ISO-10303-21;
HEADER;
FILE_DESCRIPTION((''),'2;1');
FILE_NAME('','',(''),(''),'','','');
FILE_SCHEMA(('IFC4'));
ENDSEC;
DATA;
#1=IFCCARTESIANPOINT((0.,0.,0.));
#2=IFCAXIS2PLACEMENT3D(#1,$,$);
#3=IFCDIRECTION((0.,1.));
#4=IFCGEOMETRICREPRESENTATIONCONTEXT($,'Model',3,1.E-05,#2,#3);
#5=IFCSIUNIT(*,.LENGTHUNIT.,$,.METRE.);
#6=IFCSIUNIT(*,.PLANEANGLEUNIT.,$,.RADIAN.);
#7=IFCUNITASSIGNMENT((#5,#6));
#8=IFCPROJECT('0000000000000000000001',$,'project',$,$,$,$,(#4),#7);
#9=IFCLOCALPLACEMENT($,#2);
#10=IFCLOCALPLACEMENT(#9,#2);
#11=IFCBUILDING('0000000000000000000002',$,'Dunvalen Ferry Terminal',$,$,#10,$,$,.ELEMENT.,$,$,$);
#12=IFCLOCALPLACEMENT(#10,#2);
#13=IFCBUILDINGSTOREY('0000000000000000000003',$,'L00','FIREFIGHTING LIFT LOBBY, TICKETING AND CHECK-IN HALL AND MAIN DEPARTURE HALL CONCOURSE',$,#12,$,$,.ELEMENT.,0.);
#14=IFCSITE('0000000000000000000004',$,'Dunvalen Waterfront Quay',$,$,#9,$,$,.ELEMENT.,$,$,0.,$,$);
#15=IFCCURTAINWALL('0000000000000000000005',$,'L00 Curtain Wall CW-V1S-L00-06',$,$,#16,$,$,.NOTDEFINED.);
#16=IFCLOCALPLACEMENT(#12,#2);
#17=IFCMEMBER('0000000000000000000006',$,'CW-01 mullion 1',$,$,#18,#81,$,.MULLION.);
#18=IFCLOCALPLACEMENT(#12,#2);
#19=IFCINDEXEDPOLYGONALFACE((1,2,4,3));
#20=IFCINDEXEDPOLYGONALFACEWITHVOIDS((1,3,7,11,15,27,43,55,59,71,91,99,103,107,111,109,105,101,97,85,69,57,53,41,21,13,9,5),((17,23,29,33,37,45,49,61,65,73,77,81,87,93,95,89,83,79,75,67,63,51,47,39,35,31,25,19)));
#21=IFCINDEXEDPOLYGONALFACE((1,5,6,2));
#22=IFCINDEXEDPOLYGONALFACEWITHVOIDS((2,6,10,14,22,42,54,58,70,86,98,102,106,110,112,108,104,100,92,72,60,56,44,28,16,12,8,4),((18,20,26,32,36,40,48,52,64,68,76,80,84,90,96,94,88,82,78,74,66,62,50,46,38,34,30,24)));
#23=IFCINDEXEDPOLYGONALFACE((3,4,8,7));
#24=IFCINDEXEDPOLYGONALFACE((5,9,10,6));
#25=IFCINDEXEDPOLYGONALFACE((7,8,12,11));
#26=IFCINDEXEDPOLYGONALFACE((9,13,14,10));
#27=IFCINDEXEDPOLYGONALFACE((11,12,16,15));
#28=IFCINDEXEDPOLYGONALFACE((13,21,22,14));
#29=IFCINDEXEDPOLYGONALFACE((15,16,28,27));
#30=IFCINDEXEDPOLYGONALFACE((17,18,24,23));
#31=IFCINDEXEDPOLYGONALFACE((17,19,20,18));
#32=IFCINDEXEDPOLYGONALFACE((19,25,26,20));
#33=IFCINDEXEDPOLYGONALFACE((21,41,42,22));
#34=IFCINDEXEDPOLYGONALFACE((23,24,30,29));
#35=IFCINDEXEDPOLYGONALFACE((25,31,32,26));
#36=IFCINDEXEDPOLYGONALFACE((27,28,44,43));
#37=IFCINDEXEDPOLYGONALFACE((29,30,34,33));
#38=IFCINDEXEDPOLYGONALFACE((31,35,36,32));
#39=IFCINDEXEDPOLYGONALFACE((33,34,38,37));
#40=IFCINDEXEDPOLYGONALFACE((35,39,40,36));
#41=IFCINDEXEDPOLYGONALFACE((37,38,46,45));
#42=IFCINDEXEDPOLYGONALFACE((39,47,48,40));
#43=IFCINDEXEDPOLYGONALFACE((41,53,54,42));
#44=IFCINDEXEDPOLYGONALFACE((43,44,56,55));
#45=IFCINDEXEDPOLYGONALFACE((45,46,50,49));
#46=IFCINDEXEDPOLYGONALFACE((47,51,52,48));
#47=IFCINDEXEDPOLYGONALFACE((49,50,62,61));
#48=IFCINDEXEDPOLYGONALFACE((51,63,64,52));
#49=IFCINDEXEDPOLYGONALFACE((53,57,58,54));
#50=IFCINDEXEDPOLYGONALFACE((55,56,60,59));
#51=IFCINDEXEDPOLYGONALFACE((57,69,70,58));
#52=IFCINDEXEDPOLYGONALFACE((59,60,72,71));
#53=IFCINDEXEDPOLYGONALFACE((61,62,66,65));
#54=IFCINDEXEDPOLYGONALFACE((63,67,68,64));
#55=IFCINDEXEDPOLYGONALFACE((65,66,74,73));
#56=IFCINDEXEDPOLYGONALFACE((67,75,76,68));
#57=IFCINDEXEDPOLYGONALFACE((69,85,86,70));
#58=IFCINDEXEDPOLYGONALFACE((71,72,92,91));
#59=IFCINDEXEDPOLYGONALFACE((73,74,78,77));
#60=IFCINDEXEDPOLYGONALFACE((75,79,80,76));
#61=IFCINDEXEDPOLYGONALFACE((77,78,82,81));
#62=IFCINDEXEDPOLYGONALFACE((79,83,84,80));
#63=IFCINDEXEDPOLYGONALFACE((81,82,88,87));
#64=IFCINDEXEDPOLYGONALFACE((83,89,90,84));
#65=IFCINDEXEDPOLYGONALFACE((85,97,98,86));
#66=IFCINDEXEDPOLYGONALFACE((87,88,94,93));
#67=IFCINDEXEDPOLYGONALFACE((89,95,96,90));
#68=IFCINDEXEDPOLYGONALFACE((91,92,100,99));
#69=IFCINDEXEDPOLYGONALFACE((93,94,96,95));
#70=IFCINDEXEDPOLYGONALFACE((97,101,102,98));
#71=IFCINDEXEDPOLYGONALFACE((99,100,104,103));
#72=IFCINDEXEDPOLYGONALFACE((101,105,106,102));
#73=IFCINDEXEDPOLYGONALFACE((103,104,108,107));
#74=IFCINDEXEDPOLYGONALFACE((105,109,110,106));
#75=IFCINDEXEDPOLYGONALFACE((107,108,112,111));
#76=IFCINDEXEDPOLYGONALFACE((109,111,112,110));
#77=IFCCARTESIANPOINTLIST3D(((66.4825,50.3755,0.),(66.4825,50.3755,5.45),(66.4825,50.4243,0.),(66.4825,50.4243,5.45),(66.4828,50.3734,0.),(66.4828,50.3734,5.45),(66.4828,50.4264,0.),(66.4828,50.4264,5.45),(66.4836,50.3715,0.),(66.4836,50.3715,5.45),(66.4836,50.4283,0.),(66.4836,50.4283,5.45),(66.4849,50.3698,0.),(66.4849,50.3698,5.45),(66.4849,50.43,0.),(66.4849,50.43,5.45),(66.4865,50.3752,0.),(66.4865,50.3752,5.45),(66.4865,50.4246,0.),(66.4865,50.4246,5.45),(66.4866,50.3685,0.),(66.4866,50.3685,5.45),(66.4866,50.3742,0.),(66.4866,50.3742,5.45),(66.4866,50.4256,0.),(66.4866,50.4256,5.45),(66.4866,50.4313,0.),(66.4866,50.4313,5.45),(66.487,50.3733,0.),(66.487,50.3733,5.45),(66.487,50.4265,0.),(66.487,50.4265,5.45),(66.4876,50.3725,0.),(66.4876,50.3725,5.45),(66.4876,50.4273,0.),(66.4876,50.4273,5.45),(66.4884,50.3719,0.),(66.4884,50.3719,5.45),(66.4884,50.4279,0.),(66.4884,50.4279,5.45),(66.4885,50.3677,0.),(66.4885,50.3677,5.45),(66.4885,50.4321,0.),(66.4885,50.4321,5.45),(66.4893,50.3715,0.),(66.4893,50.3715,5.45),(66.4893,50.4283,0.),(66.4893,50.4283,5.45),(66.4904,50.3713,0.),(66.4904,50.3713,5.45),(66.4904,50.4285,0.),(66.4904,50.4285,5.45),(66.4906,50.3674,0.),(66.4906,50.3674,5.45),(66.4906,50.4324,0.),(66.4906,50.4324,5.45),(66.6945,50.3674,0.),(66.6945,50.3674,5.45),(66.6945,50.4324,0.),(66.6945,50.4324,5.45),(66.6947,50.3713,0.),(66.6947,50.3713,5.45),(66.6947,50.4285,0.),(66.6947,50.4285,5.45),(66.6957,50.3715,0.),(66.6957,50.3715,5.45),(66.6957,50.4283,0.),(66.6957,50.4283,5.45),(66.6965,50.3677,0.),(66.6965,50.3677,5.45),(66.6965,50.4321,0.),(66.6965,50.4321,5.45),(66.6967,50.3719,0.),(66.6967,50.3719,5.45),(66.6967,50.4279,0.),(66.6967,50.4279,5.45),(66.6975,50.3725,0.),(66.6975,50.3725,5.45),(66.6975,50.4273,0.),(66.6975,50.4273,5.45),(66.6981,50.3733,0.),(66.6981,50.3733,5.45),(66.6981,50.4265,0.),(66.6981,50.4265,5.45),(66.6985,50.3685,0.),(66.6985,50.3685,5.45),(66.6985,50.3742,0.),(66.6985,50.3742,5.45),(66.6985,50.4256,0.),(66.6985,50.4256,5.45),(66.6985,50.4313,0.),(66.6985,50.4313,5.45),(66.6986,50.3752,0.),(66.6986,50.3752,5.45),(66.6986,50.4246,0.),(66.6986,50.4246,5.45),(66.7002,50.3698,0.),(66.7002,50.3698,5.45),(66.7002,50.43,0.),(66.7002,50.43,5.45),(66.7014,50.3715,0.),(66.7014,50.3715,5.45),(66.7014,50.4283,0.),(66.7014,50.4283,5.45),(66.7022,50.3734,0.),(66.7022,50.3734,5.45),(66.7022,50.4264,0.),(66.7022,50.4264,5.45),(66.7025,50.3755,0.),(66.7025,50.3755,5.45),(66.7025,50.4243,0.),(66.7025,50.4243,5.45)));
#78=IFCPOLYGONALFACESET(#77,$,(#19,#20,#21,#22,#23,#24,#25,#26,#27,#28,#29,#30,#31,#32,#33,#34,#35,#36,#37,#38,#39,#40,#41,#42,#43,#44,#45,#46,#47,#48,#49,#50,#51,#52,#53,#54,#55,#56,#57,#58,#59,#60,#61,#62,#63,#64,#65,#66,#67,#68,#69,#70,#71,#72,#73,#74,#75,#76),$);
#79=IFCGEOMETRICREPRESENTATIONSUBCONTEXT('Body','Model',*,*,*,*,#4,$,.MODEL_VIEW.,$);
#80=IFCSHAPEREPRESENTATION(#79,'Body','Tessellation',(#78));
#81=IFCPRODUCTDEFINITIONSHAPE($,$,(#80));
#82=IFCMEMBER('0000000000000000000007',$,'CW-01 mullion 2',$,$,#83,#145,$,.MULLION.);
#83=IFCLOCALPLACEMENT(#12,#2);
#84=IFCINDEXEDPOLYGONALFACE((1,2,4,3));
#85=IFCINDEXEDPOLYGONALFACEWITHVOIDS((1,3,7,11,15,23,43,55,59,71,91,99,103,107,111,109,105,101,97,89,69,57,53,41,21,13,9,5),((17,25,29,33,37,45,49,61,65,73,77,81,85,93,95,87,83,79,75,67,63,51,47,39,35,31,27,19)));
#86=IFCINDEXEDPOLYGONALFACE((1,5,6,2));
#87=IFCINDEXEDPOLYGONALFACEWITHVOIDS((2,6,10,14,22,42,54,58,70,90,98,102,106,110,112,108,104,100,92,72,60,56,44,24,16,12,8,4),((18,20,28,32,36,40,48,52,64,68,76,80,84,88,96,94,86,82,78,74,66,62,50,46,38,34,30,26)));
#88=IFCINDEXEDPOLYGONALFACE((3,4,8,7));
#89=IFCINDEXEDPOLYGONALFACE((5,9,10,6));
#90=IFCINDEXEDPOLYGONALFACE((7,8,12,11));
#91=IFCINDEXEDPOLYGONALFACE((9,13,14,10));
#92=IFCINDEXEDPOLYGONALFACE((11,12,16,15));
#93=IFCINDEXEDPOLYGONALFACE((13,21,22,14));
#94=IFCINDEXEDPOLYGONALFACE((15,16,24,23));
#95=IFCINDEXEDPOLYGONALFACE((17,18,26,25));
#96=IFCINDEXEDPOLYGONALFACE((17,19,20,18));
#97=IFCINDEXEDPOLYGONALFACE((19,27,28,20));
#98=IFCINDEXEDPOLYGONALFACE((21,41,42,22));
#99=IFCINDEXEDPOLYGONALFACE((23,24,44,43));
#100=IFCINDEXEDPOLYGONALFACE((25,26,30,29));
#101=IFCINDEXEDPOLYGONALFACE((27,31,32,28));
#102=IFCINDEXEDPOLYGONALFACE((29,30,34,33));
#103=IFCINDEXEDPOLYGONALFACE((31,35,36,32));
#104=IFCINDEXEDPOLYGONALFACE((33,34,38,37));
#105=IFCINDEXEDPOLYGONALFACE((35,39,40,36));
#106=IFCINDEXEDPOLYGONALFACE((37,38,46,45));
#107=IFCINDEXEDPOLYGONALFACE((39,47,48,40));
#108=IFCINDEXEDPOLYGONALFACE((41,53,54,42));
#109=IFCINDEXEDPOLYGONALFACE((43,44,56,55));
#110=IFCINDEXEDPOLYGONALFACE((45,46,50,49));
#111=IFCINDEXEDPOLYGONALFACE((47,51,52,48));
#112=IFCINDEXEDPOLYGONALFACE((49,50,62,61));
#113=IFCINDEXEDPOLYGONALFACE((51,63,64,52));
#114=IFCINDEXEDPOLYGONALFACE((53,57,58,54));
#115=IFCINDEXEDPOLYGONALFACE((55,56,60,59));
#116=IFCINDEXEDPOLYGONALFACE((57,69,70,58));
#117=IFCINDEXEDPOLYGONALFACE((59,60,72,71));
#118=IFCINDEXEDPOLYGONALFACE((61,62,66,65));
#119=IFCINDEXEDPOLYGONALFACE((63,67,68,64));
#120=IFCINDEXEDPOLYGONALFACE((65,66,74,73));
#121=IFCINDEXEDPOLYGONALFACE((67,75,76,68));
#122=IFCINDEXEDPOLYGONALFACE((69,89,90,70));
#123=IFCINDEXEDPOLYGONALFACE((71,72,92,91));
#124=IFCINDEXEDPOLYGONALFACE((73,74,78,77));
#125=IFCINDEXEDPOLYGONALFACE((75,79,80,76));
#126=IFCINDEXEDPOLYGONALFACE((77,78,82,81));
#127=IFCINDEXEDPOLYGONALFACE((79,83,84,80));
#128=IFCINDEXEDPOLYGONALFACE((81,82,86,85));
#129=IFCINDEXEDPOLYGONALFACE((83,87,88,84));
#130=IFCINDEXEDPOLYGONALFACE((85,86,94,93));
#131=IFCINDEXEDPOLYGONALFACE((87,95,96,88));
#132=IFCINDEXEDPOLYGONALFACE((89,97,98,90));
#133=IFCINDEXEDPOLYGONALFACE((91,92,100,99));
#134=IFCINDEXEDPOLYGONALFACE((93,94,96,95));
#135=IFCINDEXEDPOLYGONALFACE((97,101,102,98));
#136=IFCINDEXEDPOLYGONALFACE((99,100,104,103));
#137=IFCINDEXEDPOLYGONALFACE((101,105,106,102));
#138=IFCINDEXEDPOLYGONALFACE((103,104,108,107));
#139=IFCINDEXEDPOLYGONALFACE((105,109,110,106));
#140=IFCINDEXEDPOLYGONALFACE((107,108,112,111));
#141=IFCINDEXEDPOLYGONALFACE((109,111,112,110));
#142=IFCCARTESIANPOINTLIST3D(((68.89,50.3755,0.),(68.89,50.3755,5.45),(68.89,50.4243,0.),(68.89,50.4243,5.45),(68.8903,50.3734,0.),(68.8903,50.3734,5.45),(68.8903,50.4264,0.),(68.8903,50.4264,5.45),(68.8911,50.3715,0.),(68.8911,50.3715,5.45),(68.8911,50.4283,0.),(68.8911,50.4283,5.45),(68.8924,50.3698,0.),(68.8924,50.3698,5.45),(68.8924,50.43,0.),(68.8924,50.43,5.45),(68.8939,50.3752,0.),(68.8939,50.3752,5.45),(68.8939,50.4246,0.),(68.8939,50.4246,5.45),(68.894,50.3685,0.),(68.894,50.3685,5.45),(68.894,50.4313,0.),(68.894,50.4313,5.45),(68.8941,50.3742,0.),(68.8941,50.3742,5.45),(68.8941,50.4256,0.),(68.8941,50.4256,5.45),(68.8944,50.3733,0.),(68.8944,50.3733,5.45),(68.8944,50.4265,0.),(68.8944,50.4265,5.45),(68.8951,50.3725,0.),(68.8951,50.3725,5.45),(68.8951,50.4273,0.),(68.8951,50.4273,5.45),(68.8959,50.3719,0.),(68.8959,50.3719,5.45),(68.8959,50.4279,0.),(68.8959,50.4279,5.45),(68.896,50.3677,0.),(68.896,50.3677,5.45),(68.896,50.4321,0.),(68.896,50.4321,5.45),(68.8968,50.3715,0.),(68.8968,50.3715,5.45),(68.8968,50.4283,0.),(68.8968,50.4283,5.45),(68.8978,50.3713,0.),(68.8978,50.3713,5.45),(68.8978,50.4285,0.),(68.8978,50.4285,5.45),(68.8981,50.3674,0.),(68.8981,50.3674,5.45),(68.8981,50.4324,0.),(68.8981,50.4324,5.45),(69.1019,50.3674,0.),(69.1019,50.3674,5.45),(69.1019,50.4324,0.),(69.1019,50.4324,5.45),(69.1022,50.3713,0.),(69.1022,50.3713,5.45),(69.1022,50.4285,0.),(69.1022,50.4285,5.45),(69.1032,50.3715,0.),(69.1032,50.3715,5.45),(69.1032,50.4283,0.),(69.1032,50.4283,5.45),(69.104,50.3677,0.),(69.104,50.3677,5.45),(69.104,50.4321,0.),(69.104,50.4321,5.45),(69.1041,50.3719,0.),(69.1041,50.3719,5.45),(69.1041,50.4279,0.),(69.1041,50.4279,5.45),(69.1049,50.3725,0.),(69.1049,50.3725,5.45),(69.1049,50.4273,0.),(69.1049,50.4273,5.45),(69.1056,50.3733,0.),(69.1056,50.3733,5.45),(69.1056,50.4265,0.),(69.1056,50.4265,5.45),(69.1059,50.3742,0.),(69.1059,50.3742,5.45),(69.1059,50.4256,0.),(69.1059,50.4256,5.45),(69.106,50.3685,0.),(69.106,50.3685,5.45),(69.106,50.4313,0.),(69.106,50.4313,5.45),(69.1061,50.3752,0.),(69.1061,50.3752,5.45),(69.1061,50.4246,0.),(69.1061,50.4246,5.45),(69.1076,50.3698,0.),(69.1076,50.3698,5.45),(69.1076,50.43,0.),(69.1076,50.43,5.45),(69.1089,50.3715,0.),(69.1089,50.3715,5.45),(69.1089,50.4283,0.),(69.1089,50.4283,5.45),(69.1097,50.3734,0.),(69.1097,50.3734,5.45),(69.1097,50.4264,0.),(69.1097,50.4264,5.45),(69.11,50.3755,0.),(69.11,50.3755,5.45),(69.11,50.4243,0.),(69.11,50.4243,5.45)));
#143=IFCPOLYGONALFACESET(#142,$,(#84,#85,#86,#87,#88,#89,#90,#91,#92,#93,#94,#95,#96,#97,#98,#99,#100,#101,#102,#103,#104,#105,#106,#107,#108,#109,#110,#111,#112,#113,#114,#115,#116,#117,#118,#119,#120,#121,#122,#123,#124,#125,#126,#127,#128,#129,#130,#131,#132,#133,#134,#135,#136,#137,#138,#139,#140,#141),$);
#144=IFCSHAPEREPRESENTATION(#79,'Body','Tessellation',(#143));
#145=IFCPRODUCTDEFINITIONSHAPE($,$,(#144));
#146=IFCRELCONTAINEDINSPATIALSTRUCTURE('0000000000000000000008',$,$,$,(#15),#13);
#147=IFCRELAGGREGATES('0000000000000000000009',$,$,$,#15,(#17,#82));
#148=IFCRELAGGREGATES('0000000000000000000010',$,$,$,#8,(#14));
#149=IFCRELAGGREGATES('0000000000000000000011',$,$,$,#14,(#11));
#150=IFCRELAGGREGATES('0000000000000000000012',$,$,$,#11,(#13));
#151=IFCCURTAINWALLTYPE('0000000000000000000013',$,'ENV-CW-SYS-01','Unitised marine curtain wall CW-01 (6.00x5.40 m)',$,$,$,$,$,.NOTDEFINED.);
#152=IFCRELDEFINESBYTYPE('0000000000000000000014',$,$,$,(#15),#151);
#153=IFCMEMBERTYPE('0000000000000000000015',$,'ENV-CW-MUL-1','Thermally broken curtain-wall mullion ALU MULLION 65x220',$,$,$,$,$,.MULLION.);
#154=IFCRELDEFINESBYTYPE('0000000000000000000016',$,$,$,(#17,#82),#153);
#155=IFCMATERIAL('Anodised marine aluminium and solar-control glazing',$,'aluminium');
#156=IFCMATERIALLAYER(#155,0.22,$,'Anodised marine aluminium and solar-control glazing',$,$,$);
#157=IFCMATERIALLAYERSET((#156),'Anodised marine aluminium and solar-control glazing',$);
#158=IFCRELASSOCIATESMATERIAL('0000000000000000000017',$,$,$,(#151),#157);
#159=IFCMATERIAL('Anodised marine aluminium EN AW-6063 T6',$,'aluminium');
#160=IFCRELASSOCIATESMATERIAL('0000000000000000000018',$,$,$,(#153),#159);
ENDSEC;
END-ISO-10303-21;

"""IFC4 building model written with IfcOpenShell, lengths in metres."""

from ifc_helpers import new_model, si_unit, direction, frame, origin, origin_2d, place, context, subcontext, project, spatial, hollow_rectangle, extrude, material, layer, layer_set, material_profile, profile_set, type_object, element, aggregate, save


model = new_model("IFC4")

# Units and contexts
model_context = context("Model", 3, precision=1e-05, world=origin(), true_north=direction((0.0, 1.0)))
body_context = subcontext(model_context, "Body", "Model", "MODEL_VIEW")
ifc_project = project(units=[si_unit("LENGTHUNIT", "METRE"), si_unit("PLANEANGLEUNIT", "RADIAN")], contexts=[model_context])

# Site, building, storey
site_placement = place(None, origin())
site = spatial("IfcSite", under=ifc_project, at=site_placement, Name="Dunvalen Waterfront Quay", CompositionType="ELEMENT", RefElevation=0.0)
building_placement = place(site_placement, origin())
building = spatial("IfcBuilding", under=site, at=building_placement, Name="Dunvalen Ferry Terminal", CompositionType="ELEMENT")
storey_placement = place(building_placement, origin())
storey = spatial("IfcBuildingStorey", under=building, at=storey_placement, Name="L00", Description="FIREFIGHTING LIFT LOBBY, TICKETING AND CHECK-IN HALL AND MAIN DEPARTURE HALL CONCOURSE", CompositionType="ELEMENT", Elevation=0.0)

# Curtain wall, members
ifc_material_1 = material(Name="Anodised marine aluminium and solar-control glazing", Category="aluminium")
ifc_layer_1 = layer(ifc_material_1, 0.22, Name="Anodised marine aluminium and solar-control glazing")
ifc_layer_set_1 = layer_set([ifc_layer_1], Name="Anodised marine aluminium and solar-control glazing")
curtain_wall_type = type_object("IfcCurtainWallType", Name="ENV-CW-SYS-01", Description="Unitised marine curtain wall CW-01 (6.00x5.40 m)", PredefinedType="NOTDEFINED", material=ifc_layer_set_1)
curtain_wall_placement = place(storey_placement, origin())
curtain_wall = element("IfcCurtainWall", 1, at=curtain_wall_placement, inside=storey, type_object=curtain_wall_type, Name="L00 Curtain Wall CW-V1S-L00-06", PredefinedType="NOTDEFINED")
ifc_material_2 = material(Name="Anodised marine aluminium EN AW-6063 T6", Category="aluminium")
ifc_material_profile_1 = material_profile(ifc_material_2, hollow_rectangle(XDim=0.0649, YDim=0.22, WallThickness=0.0039, InnerFilletRadius=0.0039, OuterFilletRadius=0.0081, at=origin_2d()), Name="Anodised marine aluminium EN AW-6063 T6")
ifc_profile_set_1 = profile_set([ifc_material_profile_1], Name="Anodised marine aluminium EN AW-6063 T6")
member_type_1 = type_object("IfcMemberType", Name="ENV-CW-MUL-1", Description="Thermally broken curtain-wall mullion ALU MULLION 65x220", PredefinedType="MULLION", material=ifc_profile_set_1)
member_1_placement = place(storey_placement, frame((66.5925, 50.3999, 0.0), z_axis=(0.0, 0.0, 1.0), x_axis=(0.0, 1.0, 0.0)))
member_1 = element("IfcMember", 2, at=member_1_placement, type_object=member_type_1, Name="CW-01 mullion 1", PredefinedType="MULLION", context=body_context, shape_type="SweptSolid", body=[
    extrude(hollow_rectangle(XDim=0.0649, YDim=0.22, WallThickness=0.0039, InnerFilletRadius=0.0039, OuterFilletRadius=0.0081, at=origin_2d()), origin(), (0.0, 0.0, 1.0), 5.45),
])
member_2_placement = place(storey_placement, frame((69.0, 50.3999, 0.0), z_axis=(0.0, 0.0, 1.0), x_axis=(0.0, 1.0, 0.0)))
member_2 = element("IfcMember", 3, at=member_2_placement, type_object=member_type_1, Name="CW-01 mullion 2", PredefinedType="MULLION", context=body_context, shape_type="SweptSolid", body=[
    extrude(hollow_rectangle(XDim=0.0649, YDim=0.22, WallThickness=0.0039, InnerFilletRadius=0.0039, OuterFilletRadius=0.0081, at=origin_2d()), origin(), (0.0, 0.0, 1.0), 5.45),
])

aggregate(curtain_wall, [member_1, member_2])

save(model, "model.ifc")
